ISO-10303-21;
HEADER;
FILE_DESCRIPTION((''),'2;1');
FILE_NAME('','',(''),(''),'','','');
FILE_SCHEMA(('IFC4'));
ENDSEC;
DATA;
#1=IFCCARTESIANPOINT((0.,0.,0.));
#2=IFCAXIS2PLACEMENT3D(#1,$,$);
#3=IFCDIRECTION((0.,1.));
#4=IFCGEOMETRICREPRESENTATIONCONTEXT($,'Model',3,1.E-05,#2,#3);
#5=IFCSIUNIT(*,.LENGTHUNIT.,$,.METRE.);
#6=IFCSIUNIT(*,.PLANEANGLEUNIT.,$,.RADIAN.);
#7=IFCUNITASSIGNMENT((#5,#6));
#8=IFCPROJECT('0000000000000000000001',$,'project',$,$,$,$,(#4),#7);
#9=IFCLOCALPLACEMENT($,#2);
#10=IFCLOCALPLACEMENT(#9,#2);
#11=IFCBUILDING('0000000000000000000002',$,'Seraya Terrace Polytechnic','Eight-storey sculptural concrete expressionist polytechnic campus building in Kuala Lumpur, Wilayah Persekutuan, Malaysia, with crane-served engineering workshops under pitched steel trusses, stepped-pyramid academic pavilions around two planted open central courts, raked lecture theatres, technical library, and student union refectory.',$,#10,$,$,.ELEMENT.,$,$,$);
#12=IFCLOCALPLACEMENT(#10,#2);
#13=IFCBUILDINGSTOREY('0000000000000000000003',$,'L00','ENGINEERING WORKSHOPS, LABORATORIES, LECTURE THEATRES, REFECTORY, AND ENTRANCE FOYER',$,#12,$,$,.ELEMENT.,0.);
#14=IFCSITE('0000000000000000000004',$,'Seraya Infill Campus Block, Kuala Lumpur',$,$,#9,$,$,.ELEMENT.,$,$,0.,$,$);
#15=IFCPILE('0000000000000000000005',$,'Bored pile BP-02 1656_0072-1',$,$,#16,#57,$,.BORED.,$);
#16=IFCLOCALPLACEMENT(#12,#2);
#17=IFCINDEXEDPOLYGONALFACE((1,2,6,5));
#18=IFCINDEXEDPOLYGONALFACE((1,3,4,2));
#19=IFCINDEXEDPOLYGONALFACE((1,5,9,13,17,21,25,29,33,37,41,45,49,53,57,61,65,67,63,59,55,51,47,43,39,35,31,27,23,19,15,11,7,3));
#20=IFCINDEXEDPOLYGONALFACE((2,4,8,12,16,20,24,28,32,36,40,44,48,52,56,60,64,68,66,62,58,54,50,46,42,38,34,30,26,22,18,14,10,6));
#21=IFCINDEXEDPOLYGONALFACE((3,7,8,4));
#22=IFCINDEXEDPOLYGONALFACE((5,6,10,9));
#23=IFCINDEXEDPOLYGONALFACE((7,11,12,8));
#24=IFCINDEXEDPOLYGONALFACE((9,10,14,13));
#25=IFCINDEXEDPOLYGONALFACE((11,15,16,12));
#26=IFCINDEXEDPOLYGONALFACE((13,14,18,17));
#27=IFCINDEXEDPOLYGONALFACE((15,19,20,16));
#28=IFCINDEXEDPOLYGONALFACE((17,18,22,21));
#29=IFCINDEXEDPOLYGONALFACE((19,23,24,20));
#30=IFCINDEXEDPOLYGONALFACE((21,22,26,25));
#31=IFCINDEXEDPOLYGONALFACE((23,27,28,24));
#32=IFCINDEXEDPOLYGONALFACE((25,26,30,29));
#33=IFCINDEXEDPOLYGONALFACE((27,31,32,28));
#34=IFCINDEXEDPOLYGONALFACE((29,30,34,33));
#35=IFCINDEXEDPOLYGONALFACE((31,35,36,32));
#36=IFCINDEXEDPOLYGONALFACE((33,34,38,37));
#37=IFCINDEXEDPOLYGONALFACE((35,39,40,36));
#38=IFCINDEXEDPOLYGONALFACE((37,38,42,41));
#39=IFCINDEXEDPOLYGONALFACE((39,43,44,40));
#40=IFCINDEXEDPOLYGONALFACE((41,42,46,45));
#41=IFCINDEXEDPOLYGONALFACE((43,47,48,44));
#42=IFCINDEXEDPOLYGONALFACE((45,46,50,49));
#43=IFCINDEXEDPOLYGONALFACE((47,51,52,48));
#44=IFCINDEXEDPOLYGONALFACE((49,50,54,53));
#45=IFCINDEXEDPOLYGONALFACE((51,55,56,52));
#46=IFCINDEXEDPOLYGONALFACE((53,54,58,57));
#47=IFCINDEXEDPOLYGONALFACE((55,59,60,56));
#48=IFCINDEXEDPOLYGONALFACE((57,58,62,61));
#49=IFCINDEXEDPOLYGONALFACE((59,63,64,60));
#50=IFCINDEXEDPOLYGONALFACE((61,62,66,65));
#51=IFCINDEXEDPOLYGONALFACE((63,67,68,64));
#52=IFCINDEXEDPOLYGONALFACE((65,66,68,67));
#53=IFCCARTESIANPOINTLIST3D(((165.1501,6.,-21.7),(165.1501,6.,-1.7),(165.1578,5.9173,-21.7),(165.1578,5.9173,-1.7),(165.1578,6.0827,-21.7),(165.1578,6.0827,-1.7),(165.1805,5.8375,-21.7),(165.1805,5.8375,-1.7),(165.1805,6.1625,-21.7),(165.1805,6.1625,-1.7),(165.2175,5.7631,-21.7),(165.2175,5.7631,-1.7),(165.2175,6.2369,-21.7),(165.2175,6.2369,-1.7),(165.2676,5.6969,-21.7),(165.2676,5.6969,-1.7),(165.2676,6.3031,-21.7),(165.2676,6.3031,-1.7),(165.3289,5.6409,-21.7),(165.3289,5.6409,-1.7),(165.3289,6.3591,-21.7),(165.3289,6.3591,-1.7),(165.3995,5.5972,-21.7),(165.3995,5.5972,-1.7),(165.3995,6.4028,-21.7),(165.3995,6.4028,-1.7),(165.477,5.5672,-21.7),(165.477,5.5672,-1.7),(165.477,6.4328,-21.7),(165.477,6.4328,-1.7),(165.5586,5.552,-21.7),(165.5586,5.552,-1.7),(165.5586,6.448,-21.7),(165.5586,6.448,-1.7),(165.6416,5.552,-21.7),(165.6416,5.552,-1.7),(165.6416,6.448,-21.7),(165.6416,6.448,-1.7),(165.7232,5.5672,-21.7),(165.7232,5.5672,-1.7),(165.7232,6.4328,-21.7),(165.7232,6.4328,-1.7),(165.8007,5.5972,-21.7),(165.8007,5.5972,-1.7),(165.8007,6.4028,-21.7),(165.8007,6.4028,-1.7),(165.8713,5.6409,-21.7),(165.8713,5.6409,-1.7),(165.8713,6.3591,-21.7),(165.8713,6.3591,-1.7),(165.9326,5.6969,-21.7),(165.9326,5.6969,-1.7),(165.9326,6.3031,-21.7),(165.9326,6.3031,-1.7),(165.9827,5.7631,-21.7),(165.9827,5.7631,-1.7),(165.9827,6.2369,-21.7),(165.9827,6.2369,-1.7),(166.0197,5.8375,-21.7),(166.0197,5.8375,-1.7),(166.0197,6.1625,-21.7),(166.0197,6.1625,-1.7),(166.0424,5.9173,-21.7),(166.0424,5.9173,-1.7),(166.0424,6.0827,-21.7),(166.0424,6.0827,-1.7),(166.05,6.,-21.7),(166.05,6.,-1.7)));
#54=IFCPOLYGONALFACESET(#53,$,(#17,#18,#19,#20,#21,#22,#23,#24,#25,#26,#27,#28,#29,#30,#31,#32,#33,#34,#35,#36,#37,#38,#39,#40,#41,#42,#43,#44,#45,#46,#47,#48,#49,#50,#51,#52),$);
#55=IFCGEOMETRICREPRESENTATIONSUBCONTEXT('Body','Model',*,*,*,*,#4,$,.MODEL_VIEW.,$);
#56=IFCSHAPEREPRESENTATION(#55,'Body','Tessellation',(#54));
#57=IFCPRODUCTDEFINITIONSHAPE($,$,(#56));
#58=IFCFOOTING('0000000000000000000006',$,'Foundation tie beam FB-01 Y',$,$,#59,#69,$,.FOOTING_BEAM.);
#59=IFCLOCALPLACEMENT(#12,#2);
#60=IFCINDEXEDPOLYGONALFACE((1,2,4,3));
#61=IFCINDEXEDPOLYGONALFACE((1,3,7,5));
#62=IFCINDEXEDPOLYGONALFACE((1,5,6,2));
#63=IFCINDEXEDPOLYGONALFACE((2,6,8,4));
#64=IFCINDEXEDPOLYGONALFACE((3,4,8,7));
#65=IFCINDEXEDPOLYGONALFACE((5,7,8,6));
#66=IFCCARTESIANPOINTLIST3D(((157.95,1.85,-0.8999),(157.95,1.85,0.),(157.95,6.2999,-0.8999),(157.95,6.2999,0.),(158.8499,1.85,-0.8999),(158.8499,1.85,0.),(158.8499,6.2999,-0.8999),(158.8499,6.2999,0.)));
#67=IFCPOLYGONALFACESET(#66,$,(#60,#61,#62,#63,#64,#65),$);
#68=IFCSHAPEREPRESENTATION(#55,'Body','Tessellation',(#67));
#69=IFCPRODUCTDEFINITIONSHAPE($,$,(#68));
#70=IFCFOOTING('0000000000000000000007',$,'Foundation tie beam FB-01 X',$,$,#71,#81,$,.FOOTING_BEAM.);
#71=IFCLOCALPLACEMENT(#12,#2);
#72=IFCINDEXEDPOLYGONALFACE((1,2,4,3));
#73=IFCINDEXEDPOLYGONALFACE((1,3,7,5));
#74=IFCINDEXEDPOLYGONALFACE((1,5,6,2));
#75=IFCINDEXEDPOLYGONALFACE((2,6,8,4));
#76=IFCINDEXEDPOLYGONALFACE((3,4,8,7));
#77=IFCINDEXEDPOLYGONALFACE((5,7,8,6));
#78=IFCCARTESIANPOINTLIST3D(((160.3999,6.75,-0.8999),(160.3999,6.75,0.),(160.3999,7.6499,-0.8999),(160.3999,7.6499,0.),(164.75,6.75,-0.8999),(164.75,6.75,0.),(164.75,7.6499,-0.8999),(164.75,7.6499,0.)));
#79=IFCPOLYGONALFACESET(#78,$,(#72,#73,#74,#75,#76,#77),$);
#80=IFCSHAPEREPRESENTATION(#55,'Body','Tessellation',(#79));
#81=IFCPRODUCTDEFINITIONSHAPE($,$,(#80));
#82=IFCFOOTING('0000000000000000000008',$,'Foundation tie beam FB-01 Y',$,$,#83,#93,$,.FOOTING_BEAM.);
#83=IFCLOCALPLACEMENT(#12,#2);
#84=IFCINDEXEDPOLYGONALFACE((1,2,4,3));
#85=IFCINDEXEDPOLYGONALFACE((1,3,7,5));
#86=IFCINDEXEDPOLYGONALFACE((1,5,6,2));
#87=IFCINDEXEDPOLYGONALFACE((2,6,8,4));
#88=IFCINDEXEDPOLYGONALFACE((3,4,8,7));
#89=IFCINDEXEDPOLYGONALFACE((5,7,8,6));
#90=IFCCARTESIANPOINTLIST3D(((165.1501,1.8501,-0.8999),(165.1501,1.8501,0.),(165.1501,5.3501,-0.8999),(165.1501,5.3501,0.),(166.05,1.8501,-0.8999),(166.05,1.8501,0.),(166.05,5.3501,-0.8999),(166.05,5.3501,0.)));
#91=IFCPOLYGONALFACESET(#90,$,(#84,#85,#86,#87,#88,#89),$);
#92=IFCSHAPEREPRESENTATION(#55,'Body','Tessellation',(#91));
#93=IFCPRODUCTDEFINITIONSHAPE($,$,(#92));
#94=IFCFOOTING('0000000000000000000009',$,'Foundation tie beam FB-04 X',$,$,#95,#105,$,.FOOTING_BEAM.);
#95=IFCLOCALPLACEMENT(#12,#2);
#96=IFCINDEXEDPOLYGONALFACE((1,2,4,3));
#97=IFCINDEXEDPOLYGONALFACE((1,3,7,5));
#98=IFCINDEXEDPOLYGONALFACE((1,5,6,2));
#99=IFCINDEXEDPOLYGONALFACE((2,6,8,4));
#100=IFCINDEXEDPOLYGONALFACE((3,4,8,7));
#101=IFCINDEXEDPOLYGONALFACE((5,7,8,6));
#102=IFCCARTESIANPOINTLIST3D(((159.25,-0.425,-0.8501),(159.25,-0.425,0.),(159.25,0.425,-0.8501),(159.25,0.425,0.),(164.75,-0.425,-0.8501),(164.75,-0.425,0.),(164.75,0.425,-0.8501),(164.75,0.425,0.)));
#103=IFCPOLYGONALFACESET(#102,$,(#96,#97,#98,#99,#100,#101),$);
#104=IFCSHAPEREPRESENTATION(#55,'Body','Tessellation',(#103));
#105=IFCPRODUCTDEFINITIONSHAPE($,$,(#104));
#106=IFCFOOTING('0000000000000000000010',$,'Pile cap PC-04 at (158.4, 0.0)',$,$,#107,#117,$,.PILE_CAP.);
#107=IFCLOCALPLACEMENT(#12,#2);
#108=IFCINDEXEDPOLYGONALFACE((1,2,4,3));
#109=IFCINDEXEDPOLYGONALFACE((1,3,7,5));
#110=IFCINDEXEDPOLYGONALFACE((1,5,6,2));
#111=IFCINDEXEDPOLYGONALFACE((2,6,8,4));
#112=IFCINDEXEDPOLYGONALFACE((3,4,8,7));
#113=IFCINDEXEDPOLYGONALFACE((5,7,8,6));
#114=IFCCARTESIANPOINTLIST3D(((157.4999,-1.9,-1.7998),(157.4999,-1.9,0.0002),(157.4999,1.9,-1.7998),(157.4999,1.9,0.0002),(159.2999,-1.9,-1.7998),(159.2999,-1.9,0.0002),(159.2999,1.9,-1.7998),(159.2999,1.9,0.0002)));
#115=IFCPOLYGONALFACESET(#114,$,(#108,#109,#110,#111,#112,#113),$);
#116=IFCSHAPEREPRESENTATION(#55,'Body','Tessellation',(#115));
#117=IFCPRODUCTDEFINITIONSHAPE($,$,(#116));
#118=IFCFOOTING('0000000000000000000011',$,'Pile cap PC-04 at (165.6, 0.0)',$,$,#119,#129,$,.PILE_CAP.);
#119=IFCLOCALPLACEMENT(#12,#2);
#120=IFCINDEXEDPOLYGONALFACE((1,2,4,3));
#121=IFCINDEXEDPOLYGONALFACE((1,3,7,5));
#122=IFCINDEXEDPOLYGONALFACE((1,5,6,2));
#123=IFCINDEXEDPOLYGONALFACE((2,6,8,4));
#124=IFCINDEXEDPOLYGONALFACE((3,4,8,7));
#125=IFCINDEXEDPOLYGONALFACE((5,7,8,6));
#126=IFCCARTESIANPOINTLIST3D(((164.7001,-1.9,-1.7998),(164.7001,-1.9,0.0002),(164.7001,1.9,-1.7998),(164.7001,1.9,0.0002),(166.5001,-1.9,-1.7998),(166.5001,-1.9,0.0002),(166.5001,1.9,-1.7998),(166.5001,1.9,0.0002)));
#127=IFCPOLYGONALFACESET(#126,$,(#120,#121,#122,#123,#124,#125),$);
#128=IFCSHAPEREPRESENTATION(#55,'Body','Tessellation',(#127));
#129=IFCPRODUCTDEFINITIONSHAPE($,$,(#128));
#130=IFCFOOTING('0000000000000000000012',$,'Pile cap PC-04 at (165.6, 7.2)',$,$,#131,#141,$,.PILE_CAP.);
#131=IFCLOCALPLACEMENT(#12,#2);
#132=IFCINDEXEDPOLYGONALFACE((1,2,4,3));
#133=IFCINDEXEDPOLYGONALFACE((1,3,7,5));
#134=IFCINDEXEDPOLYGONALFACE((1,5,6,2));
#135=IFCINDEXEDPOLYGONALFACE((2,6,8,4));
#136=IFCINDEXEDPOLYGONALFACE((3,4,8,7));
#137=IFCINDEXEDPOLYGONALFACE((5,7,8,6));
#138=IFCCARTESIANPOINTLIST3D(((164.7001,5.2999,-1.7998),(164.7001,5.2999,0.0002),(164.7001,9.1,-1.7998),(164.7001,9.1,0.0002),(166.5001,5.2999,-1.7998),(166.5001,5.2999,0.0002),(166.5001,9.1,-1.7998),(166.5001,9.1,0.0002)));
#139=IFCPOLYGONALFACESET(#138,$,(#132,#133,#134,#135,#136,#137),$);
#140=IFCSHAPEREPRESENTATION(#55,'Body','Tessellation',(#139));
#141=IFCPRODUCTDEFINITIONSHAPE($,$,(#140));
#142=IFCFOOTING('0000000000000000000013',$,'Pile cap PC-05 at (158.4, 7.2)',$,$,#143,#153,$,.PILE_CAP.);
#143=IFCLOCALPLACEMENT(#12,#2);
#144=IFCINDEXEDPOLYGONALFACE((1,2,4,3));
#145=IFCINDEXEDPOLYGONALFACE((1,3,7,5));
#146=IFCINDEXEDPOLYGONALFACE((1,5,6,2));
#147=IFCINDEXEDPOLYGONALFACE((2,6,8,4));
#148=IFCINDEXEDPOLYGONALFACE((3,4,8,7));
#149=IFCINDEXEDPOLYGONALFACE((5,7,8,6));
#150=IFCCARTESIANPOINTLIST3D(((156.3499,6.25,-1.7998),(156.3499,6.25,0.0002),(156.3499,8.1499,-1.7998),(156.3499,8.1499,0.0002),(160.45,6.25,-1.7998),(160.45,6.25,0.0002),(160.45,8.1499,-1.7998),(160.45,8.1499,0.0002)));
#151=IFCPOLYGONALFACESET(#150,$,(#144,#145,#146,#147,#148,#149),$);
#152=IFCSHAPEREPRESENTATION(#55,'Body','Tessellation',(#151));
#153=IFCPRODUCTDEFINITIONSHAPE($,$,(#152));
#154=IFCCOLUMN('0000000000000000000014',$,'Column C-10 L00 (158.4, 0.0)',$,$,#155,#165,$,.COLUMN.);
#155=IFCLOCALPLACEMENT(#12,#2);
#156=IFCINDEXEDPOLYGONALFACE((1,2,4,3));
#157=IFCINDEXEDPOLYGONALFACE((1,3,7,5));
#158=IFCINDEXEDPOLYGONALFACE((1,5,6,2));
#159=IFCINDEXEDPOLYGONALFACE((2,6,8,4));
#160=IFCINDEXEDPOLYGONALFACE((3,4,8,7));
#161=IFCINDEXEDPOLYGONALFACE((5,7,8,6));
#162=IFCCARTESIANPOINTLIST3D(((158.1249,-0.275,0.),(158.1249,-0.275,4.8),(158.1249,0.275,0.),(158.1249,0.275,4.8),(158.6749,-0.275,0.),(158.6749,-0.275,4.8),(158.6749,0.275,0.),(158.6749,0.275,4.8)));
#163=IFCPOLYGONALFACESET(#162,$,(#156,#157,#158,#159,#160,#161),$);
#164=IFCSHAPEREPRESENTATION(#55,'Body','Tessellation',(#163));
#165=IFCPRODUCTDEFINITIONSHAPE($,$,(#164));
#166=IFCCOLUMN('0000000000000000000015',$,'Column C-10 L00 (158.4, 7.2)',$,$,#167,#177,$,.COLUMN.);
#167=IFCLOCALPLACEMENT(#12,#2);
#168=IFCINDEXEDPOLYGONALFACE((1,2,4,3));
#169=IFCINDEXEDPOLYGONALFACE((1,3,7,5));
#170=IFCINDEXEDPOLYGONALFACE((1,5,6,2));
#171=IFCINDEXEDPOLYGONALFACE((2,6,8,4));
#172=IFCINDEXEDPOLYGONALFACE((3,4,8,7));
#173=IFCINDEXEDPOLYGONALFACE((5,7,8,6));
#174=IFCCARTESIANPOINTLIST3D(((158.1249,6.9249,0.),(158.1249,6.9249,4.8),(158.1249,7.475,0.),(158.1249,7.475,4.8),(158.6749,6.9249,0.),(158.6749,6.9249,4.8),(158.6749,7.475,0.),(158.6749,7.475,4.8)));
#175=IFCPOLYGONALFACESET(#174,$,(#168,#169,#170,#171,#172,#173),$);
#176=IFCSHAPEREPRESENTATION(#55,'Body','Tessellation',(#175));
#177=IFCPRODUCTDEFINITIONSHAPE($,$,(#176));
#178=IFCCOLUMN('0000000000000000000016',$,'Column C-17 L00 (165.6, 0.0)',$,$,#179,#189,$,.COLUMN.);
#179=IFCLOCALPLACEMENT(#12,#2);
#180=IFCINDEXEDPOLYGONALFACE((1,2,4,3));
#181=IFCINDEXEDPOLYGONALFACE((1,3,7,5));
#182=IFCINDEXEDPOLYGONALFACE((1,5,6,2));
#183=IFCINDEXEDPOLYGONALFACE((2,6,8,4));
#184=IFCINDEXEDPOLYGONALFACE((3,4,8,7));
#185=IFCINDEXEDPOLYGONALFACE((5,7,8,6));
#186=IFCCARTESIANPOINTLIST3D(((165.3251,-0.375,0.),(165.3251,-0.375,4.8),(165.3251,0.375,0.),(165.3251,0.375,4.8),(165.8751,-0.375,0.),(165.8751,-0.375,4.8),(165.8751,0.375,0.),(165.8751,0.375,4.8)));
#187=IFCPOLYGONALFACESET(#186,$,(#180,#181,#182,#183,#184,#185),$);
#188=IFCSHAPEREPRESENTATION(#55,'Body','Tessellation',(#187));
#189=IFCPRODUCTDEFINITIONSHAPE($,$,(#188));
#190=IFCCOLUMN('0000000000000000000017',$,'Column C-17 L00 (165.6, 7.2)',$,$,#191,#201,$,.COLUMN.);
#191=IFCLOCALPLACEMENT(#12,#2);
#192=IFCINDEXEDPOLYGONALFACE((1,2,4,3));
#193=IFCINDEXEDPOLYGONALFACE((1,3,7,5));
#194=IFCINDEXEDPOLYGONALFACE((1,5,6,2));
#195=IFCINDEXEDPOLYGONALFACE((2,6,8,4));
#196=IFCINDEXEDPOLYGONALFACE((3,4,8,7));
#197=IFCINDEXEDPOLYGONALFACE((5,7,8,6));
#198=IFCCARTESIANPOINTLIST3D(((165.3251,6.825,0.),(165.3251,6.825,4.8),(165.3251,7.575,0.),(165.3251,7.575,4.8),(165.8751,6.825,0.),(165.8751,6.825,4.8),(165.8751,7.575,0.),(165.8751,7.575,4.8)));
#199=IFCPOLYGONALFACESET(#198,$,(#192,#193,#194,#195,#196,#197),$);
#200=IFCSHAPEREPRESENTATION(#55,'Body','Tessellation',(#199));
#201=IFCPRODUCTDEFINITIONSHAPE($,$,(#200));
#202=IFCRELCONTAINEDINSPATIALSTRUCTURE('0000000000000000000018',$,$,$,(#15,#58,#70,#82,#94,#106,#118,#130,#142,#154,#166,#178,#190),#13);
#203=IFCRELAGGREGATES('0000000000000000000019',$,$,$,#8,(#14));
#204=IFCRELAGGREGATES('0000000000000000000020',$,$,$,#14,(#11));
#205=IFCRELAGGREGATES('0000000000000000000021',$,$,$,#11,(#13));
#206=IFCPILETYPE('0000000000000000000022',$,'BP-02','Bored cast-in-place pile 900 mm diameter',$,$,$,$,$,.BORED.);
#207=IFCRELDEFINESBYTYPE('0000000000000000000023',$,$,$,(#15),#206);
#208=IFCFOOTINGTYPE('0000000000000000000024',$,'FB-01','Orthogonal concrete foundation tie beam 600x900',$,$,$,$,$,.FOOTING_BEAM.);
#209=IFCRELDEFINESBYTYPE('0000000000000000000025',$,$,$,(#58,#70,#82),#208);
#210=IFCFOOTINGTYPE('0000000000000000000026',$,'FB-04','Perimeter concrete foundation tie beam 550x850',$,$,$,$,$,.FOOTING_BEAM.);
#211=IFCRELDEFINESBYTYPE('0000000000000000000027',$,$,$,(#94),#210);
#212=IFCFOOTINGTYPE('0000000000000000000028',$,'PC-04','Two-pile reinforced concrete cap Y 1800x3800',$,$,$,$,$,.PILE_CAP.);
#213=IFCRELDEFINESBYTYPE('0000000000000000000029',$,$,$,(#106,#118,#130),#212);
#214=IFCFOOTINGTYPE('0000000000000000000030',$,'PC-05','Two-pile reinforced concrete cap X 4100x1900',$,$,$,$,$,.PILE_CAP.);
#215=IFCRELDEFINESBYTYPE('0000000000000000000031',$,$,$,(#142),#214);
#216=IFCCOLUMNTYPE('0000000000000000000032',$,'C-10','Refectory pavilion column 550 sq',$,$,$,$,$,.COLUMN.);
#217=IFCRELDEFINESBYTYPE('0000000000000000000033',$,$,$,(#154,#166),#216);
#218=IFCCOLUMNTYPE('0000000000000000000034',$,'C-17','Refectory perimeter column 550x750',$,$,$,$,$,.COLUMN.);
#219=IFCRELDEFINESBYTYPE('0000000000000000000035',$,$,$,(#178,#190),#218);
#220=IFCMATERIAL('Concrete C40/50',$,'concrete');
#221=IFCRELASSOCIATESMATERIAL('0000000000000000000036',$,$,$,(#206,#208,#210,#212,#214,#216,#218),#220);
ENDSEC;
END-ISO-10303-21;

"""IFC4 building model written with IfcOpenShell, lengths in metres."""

from ifc_helpers import new_model, si_unit, direction, frame, origin, origin_2d, place, context, subcontext, project, spatial, rectangle, circle, extrude, material, material_profile, profile_set, type_object, element, save


model = new_model("IFC4")

# Units and contexts
model_context = context("Model", 3, precision=1e-05, world=origin(), true_north=direction((0.0, 1.0)))
body_context = subcontext(model_context, "Body", "Model", "MODEL_VIEW")
ifc_project = project(units=[si_unit("LENGTHUNIT", "METRE"), si_unit("PLANEANGLEUNIT", "RADIAN")], contexts=[model_context])

# Site, building, storey
site_placement = place(None, origin())
site = spatial("IfcSite", under=ifc_project, at=site_placement, Name="Seraya Infill Campus Block, Kuala Lumpur", CompositionType="ELEMENT", RefElevation=0.0)
building_placement = place(site_placement, origin())
building = spatial("IfcBuilding", under=site, at=building_placement, Name="Seraya Terrace Polytechnic", Description="Eight-storey sculptural concrete expressionist polytechnic campus building in Kuala Lumpur, Wilayah Persekutuan, Malaysia, with crane-served engineering workshops under pitched steel trusses, stepped-pyramid academic pavilions around two planted open central courts, raked lecture theatres, technical library, and student union refectory.", CompositionType="ELEMENT")
storey_placement = place(building_placement, origin())
storey = spatial("IfcBuildingStorey", under=building, at=storey_placement, Name="L00", Description="ENGINEERING WORKSHOPS, LABORATORIES, LECTURE THEATRES, REFECTORY, AND ENTRANCE FOYER", CompositionType="ELEMENT", Elevation=0.0)

# Pile
ifc_material_1 = material(Name="Concrete C40/50", Category="concrete")
ifc_material_profile_1 = material_profile(ifc_material_1, circle(Radius=0.45, at=origin_2d()), Name="DIA 900")
ifc_profile_set_1 = profile_set([ifc_material_profile_1], Name="Concrete C40/50")
pile_type = type_object("IfcPileType", Name="BP-02", Description="Bored cast-in-place pile 900 mm diameter", PredefinedType="BORED", material=ifc_profile_set_1)
for number, where, z_axis, x_axis, name in (
    (1, (165.6001, 6.0, -1.7), (0.0, 0.0, -1.0), (1.0, 0.0, 0.0), "Bored pile BP-02 1656_0072-1"),
):
    element("IfcPile", number, at=place(storey_placement, frame(where, z_axis=z_axis, x_axis=x_axis)), inside=storey, type_object=pile_type, Name=name, PredefinedType="BORED", context=body_context, shape_type="SweptSolid", body=[
        extrude(circle(Radius=0.45, at=origin_2d()), origin(), (0.0, 0.0, 1.0), 20.0),
    ])

# Footings
footing_type_1 = type_object("IfcFootingType", Name="FB-01", Description="Orthogonal concrete foundation tie beam 600x900", PredefinedType="FOOTING_BEAM", material=ifc_material_1)
footing_1_placement = place(storey_placement, frame((158.3999, 4.075, -0.8999), z_axis=(0.0, 0.0, 1.0), x_axis=(0.0, 1.0, 0.0)))
element("IfcFooting", 2, at=footing_1_placement, inside=storey, type_object=footing_type_1, Name="Foundation tie beam FB-01 Y", PredefinedType="FOOTING_BEAM", context=body_context, shape_type="SweptSolid", body=[
    extrude(rectangle(XDim=4.45, YDim=0.8999, at=origin_2d()), origin(), (0.0, 0.0, 1.0), 0.8999),
])
footing_2_placement = place(storey_placement, frame((162.575, 7.2, -0.8999), z_axis=(0.0, 0.0, 1.0), x_axis=(1.0, 0.0, 0.0)))
element("IfcFooting", 3, at=footing_2_placement, inside=storey, type_object=footing_type_1, Name="Foundation tie beam FB-01 X", PredefinedType="FOOTING_BEAM", context=body_context, shape_type="SweptSolid", body=[
    extrude(rectangle(XDim=4.3501, YDim=0.8999, at=origin_2d()), origin(), (0.0, 0.0, 1.0), 0.8999),
])
footing_3_placement = place(storey_placement, frame((165.6001, 3.6001, -0.8999), z_axis=(0.0, 0.0, 1.0), x_axis=(0.0, 1.0, 0.0)))
element("IfcFooting", 4, at=footing_3_placement, inside=storey, type_object=footing_type_1, Name="Foundation tie beam FB-01 Y", PredefinedType="FOOTING_BEAM", context=body_context, shape_type="SweptSolid", body=[
    extrude(rectangle(XDim=3.5, YDim=0.8999, at=origin_2d()), origin(), (0.0, 0.0, 1.0), 0.8999),
])
footing_type_2 = type_object("IfcFootingType", Name="FB-04", Description="Perimeter concrete foundation tie beam 550x850", PredefinedType="FOOTING_BEAM", material=ifc_material_1)
footing_4_placement = place(storey_placement, frame((162.0, 0.0, -0.8501), z_axis=(0.0, 0.0, 1.0), x_axis=(1.0, 0.0, 0.0)))
element("IfcFooting", 5, at=footing_4_placement, inside=storey, type_object=footing_type_2, Name="Foundation tie beam FB-04 X", PredefinedType="FOOTING_BEAM", context=body_context, shape_type="SweptSolid", body=[
    extrude(rectangle(XDim=5.5, YDim=0.8501, at=origin_2d()), origin(), (0.0, 0.0, 1.0), 0.8501),
])
footing_type_3 = type_object("IfcFootingType", Name="PC-04", Description="Two-pile reinforced concrete cap Y 1800x3800", PredefinedType="PILE_CAP", material=ifc_material_1)
for number, where, z_axis, x_axis, name in (
    (6, (158.3999, 0.0, -1.7998), (0.0, 0.0, 1.0), (1.0, 0.0, 0.0), "Pile cap PC-04 at (158.4, 0.0)"),
    (7, (165.6001, 0.0, -1.7998), (0.0, 0.0, 1.0), (1.0, 0.0, 0.0), "Pile cap PC-04 at (165.6, 0.0)"),
    (8, (165.6001, 7.2, -1.7998), (0.0, 0.0, 1.0), (1.0, 0.0, 0.0), "Pile cap PC-04 at (165.6, 7.2)"),
):
    element("IfcFooting", number, at=place(storey_placement, frame(where, z_axis=z_axis, x_axis=x_axis)), inside=storey, type_object=footing_type_3, Name=name, PredefinedType="PILE_CAP", context=body_context, shape_type="SweptSolid", body=[
        extrude(rectangle(XDim=1.8, YDim=3.8, at=origin_2d()), origin(), (0.0, 0.0, 1.0), 1.8),
    ])
footing_type_4 = type_object("IfcFootingType", Name="PC-05", Description="Two-pile reinforced concrete cap X 4100x1900", PredefinedType="PILE_CAP", material=ifc_material_1)
footing_5_placement = place(storey_placement, frame((158.3999, 7.2, -1.7998), z_axis=(0.0, 0.0, 1.0), x_axis=(1.0, 0.0, 0.0)))
element("IfcFooting", 9, at=footing_5_placement, inside=storey, type_object=footing_type_4, Name="Pile cap PC-05 at (158.4, 7.2)", PredefinedType="PILE_CAP", context=body_context, shape_type="SweptSolid", body=[
    extrude(rectangle(XDim=4.1001, YDim=1.8999, at=origin_2d()), origin(), (0.0, 0.0, 1.0), 1.8),
])

# Columns
ifc_material_profile_2 = material_profile(ifc_material_1, rectangle(XDim=0.55, YDim=0.55, at=origin_2d()), Name="RC 550x550")
ifc_profile_set_2 = profile_set([ifc_material_profile_2], Name="Concrete C40/50")
column_type_1 = type_object("IfcColumnType", Name="C-10", Description="Refectory pavilion column 550 sq", PredefinedType="COLUMN", material=ifc_profile_set_2)
for number, where, z_axis, x_axis, name in (
    (10, (158.3999, 0.0, 0.0), (0.0, 0.0, 1.0), (1.0, 0.0, 0.0), "Column C-10 L00 (158.4, 0.0)"),
    (11, (158.3999, 7.2, 0.0), (0.0, 0.0, 1.0), (1.0, 0.0, 0.0), "Column C-10 L00 (158.4, 7.2)"),
):
    element("IfcColumn", number, at=place(storey_placement, frame(where, z_axis=z_axis, x_axis=x_axis)), inside=storey, type_object=column_type_1, Name=name, PredefinedType="COLUMN", context=body_context, shape_type="SweptSolid", body=[
        extrude(rectangle(XDim=0.55, YDim=0.55, at=origin_2d()), origin(), (0.0, 0.0, 1.0), 4.8),
    ])
ifc_material_profile_3 = material_profile(ifc_material_1, rectangle(XDim=0.55, YDim=0.75, at=origin_2d()), Name="RC 550x750")
ifc_profile_set_3 = profile_set([ifc_material_profile_3], Name="Concrete C40/50")
column_type_2 = type_object("IfcColumnType", Name="C-17", Description="Refectory perimeter column 550x750", PredefinedType="COLUMN", material=ifc_profile_set_3)
for number, where, z_axis, x_axis, name in (
    (12, (165.6001, 0.0, 0.0), (0.0, 0.0, 1.0), (1.0, 0.0, 0.0), "Column C-17 L00 (165.6, 0.0)"),
    (13, (165.6001, 7.2, 0.0), (0.0, 0.0, 1.0), (1.0, 0.0, 0.0), "Column C-17 L00 (165.6, 7.2)"),
):
    element("IfcColumn", number, at=place(storey_placement, frame(where, z_axis=z_axis, x_axis=x_axis)), inside=storey, type_object=column_type_2, Name=name, PredefinedType="COLUMN", context=body_context, shape_type="SweptSolid", body=[
        extrude(rectangle(XDim=0.55, YDim=0.75, at=origin_2d()), origin(), (0.0, 0.0, 1.0), 4.8),
    ])

save(model, "model.ifc")
